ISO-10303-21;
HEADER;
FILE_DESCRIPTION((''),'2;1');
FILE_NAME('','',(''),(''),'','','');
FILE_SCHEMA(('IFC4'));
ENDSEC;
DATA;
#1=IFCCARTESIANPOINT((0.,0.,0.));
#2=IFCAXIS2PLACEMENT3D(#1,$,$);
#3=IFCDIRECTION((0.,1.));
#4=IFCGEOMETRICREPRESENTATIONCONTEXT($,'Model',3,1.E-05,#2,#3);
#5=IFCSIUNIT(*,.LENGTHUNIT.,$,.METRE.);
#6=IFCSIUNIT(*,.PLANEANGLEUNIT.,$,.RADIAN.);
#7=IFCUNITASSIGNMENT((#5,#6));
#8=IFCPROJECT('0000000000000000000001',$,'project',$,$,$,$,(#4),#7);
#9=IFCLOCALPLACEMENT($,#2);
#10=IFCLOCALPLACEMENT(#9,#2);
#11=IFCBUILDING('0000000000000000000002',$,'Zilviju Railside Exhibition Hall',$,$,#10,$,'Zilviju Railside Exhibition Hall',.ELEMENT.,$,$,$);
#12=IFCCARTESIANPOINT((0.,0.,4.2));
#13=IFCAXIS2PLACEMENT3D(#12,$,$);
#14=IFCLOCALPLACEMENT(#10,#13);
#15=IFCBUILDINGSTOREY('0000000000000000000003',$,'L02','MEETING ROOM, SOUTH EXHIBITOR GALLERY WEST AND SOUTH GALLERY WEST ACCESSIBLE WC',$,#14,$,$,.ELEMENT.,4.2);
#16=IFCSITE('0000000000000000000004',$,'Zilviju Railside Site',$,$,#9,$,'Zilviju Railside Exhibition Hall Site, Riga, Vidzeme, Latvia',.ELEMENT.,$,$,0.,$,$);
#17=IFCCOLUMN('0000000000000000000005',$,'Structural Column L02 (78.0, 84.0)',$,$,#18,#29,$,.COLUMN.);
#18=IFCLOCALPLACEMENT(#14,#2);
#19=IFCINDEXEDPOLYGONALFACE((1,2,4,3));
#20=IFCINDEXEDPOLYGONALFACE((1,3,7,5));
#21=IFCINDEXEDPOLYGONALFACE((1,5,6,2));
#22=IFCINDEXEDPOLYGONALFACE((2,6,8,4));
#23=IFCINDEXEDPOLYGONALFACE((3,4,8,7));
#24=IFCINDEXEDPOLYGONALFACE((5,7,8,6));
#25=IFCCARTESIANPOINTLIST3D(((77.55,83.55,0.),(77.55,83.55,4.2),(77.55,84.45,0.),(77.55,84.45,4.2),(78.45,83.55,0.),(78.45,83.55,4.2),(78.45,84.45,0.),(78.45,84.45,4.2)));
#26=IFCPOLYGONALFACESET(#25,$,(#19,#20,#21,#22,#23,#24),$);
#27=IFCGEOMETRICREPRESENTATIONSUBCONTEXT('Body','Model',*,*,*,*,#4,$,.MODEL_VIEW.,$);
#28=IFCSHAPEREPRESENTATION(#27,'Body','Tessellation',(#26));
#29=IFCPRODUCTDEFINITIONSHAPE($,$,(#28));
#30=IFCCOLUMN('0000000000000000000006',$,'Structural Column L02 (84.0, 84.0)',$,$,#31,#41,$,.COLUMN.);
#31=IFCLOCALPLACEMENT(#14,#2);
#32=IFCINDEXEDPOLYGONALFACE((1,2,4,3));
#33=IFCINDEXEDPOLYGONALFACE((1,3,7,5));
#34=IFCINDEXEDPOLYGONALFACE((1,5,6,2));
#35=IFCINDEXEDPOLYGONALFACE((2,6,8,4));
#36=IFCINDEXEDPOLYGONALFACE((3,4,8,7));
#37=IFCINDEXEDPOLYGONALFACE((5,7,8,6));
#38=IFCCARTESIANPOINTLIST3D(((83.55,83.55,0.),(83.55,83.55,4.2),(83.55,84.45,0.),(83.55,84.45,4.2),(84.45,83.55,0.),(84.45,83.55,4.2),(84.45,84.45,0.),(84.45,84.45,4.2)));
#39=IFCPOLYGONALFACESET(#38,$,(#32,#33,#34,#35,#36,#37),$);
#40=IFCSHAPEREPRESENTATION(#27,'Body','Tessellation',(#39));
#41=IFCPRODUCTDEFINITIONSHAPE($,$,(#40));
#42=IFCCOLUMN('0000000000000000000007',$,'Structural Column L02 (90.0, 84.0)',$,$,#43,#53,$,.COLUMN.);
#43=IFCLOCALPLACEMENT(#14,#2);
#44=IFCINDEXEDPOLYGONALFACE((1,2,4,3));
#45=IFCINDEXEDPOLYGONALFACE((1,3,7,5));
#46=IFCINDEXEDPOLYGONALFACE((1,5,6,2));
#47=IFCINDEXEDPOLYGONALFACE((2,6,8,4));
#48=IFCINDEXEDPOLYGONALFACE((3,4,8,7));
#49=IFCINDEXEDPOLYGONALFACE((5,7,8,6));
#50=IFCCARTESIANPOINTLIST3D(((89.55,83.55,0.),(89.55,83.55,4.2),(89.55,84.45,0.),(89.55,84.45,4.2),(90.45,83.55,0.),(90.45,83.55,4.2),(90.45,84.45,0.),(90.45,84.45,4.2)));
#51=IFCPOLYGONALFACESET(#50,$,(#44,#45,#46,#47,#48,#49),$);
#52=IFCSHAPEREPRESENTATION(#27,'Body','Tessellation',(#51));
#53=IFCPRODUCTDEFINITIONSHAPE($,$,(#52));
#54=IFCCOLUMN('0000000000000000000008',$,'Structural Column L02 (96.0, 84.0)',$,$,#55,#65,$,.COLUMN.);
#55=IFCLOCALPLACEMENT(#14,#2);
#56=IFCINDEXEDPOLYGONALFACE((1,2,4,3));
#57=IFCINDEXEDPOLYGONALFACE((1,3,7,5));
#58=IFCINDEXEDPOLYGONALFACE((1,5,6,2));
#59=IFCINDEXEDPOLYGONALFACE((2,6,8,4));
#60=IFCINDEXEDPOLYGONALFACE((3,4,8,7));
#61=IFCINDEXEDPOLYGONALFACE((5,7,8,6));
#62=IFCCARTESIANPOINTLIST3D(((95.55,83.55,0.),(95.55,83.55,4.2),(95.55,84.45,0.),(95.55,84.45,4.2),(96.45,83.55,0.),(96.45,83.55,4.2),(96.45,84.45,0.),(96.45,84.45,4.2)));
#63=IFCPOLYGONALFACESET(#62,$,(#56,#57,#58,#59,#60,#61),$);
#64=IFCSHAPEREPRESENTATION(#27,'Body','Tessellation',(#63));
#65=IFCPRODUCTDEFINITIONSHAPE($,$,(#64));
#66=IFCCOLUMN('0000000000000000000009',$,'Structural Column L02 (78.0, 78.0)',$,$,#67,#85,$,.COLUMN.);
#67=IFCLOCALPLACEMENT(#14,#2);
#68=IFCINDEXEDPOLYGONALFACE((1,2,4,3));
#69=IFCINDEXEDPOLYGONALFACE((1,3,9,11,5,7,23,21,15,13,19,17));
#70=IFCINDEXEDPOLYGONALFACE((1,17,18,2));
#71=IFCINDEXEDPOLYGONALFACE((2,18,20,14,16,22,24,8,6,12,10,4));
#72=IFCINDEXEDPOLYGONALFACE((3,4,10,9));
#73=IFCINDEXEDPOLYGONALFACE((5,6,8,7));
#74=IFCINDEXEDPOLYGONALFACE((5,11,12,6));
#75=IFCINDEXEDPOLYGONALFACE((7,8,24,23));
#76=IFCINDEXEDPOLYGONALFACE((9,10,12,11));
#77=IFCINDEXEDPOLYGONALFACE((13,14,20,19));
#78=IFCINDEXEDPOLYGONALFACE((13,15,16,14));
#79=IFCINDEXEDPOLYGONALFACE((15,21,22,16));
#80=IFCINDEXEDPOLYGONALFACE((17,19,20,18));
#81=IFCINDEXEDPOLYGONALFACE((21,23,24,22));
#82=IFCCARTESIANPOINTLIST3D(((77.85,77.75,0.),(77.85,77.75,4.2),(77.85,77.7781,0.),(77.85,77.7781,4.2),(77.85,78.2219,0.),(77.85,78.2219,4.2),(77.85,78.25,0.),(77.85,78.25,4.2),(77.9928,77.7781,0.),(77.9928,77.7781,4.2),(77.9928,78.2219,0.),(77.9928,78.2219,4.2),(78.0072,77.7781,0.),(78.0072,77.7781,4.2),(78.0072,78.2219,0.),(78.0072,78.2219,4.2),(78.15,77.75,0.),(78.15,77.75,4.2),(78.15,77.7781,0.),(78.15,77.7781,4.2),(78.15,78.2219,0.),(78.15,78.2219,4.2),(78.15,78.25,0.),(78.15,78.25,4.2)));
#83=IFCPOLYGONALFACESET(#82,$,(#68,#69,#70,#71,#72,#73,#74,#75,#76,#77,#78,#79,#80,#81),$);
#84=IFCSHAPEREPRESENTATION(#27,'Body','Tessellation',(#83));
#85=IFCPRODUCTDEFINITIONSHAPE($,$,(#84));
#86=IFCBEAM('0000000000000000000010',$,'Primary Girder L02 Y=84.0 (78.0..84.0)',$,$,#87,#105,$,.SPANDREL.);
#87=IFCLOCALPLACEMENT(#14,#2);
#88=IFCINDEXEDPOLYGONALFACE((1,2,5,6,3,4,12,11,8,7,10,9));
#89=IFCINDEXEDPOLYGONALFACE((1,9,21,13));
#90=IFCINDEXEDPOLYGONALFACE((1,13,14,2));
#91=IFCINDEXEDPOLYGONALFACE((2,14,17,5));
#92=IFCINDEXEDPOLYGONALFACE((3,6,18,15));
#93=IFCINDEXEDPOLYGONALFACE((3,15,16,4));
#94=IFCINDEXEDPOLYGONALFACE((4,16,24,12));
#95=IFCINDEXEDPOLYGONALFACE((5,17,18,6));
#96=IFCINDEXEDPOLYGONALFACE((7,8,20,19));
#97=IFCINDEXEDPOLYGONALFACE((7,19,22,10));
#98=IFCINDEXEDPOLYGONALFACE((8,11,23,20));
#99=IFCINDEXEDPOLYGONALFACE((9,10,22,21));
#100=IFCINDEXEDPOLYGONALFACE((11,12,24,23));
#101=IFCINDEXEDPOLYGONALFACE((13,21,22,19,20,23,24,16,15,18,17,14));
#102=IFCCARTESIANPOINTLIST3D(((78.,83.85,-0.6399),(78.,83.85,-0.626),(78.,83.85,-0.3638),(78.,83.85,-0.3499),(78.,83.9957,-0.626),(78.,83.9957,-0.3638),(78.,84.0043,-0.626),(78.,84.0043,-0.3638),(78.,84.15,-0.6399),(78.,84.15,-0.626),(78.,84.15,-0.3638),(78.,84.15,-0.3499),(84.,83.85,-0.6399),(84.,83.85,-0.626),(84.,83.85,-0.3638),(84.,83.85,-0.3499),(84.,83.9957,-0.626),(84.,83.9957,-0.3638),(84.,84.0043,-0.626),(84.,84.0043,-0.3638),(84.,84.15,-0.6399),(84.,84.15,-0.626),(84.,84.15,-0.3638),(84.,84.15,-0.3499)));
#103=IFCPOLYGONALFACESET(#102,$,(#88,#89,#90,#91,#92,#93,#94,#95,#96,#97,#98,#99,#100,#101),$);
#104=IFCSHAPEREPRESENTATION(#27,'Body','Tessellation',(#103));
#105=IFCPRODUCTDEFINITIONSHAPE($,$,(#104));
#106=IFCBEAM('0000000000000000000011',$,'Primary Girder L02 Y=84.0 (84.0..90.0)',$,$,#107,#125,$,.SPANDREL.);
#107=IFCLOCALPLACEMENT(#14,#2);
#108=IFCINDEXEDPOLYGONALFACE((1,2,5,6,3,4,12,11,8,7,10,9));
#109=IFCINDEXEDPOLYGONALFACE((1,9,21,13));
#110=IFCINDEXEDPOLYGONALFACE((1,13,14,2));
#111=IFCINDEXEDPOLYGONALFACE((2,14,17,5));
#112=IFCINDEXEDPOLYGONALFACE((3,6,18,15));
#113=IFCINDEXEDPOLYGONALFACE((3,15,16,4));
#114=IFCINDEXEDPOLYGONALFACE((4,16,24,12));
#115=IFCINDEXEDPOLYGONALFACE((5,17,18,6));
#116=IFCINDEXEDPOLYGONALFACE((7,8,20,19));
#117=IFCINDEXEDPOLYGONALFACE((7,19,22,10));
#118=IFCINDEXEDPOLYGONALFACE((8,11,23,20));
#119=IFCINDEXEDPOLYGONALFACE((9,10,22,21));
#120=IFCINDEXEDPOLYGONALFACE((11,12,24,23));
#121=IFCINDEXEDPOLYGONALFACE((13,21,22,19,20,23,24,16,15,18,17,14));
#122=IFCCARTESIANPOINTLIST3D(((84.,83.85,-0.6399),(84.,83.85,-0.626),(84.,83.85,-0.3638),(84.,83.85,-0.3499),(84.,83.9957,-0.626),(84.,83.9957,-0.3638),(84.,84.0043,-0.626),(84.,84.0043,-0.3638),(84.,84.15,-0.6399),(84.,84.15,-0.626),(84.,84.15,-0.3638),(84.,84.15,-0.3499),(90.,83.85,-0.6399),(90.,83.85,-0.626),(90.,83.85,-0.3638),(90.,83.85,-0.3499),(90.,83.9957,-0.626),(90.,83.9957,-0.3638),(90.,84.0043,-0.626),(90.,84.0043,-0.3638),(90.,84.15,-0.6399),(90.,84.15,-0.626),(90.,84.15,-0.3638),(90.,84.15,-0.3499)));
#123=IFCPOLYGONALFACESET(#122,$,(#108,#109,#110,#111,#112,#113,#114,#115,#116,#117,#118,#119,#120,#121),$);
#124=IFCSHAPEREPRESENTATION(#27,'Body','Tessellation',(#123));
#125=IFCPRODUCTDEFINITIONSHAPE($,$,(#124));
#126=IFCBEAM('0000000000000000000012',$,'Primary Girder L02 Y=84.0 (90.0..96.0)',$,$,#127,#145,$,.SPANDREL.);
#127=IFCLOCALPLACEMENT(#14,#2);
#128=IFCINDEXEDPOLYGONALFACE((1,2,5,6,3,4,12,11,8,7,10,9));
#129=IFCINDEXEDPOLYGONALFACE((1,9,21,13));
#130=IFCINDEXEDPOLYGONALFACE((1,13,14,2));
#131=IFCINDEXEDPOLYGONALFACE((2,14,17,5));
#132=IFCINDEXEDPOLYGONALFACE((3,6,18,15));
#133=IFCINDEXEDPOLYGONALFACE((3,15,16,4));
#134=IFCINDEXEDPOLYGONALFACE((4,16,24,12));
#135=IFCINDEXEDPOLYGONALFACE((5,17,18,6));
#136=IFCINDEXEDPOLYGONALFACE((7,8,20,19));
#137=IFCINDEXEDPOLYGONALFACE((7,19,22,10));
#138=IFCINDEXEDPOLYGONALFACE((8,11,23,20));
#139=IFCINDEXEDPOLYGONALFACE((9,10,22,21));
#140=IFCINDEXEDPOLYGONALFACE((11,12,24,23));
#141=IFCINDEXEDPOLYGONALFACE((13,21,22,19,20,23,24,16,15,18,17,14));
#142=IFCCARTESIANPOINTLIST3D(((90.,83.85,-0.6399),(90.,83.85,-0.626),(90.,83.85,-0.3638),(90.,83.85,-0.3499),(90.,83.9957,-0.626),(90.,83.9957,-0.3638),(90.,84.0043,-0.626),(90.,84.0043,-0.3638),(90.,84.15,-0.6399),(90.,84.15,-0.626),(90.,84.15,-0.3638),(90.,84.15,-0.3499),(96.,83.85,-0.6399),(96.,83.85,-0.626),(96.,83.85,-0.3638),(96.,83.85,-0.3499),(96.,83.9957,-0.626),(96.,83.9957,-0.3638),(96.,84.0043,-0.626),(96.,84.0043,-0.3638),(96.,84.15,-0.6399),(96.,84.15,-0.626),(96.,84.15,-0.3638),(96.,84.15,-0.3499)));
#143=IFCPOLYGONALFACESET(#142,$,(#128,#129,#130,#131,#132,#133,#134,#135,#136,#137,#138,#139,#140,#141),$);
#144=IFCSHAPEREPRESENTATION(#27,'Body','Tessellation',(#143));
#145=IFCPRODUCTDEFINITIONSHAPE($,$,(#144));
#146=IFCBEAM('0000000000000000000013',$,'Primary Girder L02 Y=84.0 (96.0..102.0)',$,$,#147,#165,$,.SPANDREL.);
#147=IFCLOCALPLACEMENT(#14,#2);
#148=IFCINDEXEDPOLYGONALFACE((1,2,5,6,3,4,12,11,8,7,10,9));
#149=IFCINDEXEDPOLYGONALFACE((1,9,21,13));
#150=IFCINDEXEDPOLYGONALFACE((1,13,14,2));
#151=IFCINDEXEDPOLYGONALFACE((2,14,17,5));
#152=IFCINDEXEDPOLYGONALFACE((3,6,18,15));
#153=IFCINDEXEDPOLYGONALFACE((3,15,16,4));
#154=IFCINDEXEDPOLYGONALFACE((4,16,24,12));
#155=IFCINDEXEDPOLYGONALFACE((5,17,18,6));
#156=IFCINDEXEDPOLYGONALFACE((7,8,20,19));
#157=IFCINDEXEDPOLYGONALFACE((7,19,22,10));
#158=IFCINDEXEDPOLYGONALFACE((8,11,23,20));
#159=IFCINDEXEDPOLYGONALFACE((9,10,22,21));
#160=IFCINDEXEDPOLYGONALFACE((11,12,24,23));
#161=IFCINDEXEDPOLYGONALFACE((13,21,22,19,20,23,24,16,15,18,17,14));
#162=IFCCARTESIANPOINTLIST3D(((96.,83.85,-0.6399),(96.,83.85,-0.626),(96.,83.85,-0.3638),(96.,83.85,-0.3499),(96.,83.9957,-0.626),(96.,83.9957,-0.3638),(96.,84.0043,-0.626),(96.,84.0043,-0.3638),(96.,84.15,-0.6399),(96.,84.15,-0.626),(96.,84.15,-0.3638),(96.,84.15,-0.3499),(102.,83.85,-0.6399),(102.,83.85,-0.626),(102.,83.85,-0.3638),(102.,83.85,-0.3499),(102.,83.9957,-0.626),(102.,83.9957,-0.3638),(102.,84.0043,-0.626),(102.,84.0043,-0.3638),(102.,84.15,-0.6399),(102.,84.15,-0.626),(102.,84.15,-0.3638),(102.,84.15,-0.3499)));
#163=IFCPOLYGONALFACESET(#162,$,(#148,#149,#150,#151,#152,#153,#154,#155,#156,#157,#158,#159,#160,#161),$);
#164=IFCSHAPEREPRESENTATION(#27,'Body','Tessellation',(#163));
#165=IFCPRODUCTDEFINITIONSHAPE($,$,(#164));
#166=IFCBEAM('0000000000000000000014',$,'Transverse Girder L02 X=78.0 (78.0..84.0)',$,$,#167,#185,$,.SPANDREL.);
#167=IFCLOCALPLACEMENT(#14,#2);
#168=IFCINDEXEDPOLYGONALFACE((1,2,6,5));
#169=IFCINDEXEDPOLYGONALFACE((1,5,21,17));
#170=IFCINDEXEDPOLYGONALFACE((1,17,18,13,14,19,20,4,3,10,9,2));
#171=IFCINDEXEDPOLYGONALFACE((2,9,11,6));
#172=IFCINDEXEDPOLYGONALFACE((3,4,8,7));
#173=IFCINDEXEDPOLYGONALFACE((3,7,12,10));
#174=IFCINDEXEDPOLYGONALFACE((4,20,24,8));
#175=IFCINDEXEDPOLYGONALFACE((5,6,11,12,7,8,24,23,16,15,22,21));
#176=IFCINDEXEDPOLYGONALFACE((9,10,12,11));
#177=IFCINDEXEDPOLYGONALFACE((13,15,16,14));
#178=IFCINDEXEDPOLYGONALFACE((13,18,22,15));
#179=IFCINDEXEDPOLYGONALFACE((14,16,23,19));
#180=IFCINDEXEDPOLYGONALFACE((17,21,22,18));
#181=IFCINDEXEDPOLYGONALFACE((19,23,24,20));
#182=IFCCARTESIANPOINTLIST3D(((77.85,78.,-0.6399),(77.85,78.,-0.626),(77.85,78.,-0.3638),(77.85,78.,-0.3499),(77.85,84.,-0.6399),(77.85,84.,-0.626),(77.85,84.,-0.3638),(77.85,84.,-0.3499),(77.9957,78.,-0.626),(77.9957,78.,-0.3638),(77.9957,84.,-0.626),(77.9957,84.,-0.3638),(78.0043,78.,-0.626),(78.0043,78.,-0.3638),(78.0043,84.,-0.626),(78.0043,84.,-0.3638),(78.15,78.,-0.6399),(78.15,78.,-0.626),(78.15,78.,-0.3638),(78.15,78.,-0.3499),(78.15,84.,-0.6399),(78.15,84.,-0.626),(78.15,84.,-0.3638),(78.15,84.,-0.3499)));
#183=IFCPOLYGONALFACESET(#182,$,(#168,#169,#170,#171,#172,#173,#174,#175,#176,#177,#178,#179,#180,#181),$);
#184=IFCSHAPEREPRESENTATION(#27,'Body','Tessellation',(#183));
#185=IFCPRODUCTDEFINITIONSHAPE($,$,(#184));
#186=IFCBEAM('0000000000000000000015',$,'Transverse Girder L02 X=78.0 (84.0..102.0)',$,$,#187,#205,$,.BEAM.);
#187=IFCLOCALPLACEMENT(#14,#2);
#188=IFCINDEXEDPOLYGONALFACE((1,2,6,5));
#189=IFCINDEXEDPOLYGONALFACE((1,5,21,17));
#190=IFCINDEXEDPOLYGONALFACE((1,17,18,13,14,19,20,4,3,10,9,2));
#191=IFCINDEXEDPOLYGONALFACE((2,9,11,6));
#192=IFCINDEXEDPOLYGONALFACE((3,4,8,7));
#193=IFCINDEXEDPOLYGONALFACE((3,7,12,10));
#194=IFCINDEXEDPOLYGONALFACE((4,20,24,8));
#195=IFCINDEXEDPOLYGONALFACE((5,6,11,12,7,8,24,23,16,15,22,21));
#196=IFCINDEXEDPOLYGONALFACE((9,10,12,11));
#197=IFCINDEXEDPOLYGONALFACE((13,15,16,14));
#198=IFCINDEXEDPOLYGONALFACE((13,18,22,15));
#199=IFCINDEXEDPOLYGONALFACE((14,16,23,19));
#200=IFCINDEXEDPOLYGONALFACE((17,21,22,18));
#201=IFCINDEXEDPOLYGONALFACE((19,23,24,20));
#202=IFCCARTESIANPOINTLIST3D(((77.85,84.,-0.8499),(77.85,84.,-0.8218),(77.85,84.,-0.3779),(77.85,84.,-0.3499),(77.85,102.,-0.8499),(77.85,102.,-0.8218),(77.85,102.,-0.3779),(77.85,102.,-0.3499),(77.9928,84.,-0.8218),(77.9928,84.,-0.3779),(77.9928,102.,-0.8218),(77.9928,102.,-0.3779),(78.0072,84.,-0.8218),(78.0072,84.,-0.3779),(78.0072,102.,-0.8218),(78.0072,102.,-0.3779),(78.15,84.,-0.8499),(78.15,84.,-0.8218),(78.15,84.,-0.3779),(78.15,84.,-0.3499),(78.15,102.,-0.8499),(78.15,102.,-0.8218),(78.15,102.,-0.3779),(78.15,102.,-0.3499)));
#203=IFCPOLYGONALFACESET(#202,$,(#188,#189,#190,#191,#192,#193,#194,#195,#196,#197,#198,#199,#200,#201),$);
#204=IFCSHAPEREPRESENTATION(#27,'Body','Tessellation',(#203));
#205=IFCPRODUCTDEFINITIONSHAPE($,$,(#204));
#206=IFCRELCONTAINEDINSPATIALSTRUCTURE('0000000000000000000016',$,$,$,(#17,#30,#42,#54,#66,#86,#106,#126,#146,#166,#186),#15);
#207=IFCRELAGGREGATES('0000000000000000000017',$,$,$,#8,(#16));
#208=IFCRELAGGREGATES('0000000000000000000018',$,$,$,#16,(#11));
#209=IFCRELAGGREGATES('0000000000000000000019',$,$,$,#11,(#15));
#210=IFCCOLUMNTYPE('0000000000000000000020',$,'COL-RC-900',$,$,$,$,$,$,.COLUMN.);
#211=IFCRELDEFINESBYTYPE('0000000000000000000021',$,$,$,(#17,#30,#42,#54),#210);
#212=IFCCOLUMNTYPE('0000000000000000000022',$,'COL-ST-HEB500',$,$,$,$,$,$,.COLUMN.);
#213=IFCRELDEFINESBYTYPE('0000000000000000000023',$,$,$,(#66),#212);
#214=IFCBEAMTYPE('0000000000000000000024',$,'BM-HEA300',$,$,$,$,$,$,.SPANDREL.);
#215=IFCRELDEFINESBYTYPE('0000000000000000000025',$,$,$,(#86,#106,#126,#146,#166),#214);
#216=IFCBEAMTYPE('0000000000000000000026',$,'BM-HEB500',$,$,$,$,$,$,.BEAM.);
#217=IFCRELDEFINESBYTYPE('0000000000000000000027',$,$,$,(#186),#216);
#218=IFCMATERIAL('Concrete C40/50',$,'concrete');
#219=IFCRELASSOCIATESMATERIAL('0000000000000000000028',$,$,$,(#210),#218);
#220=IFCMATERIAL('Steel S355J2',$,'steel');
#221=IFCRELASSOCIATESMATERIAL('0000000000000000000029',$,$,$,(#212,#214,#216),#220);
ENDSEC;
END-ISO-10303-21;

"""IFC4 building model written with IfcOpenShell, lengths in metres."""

from ifc_helpers import new_model, si_unit, direction, frame, origin, origin_2d, place, context, subcontext, project, spatial, rectangle, i_section, extrude, material, material_profile, profile_set, type_object, element, save


model = new_model("IFC4")

# Units and contexts
model_context = context("Model", 3, precision=1e-05, world=origin(), true_north=direction((0.0, 1.0)))
body_context = subcontext(model_context, "Body", "Model", "MODEL_VIEW")
ifc_project = project(units=[si_unit("LENGTHUNIT", "METRE"), si_unit("PLANEANGLEUNIT", "RADIAN")], contexts=[model_context])

# Site, building, storey
site_placement = place(None, origin())
site = spatial("IfcSite", under=ifc_project, at=site_placement, Name="Zilviju Railside Site", LongName="Zilviju Railside Exhibition Hall Site, Riga, Vidzeme, Latvia", CompositionType="ELEMENT", RefElevation=0.0)
building_placement = place(site_placement, origin())
building = spatial("IfcBuilding", under=site, at=building_placement, Name="Zilviju Railside Exhibition Hall", LongName="Zilviju Railside Exhibition Hall", CompositionType="ELEMENT")
storey_placement = place(building_placement, frame((0.0, 0.0, 4.2)))
storey = spatial("IfcBuildingStorey", under=building, at=storey_placement, Name="L02", Description="MEETING ROOM, SOUTH EXHIBITOR GALLERY WEST AND SOUTH GALLERY WEST ACCESSIBLE WC", CompositionType="ELEMENT", Elevation=4.2)

# Columns
ifc_material_1 = material(Name="Concrete C40/50", Category="concrete")
ifc_material_profile_1 = material_profile(ifc_material_1, rectangle(XDim=0.8999, YDim=0.8999, at=origin_2d()), Name="RC COL 900x900")
ifc_profile_set_1 = profile_set([ifc_material_profile_1], Name="Concrete C40/50")
column_type_1 = type_object("IfcColumnType", Name="COL-RC-900", PredefinedType="COLUMN", material=ifc_profile_set_1)
for number, where, z_axis, x_axis, name in (
    (1, (78.0, 84.0, 0.0), (0.0, 0.0, 1.0), (1.0, 0.0, 0.0), "Structural Column L02 (78.0, 84.0)"),
    (2, (84.0, 84.0, 0.0), (0.0, 0.0, 1.0), (1.0, 0.0, 0.0), "Structural Column L02 (84.0, 84.0)"),
    (3, (90.0, 84.0, 0.0), (0.0, 0.0, 1.0), (1.0, 0.0, 0.0), "Structural Column L02 (90.0, 84.0)"),
    (4, (96.0, 84.0, 0.0), (0.0, 0.0, 1.0), (1.0, 0.0, 0.0), "Structural Column L02 (96.0, 84.0)"),
):
    element("IfcColumn", number, at=place(storey_placement, frame(where, z_axis=z_axis, x_axis=x_axis)), inside=storey, type_object=column_type_1, Name=name, PredefinedType="COLUMN", context=body_context, shape_type="SweptSolid", body=[
        extrude(rectangle(XDim=0.8999, YDim=0.8999, at=origin_2d()), origin(), (0.0, 0.0, 1.0), 4.2),
    ])
ifc_material_2 = material(Name="Steel S355J2", Category="steel")
ifc_material_profile_2 = material_profile(ifc_material_2, i_section(OverallWidth=0.3, OverallDepth=0.5, WebThickness=0.0144, FlangeThickness=0.0281, at=origin_2d()), Name="HEB 500")
ifc_profile_set_2 = profile_set([ifc_material_profile_2], Name="Steel S355J2")
column_type_2 = type_object("IfcColumnType", Name="COL-ST-HEB500", PredefinedType="COLUMN", material=ifc_profile_set_2)
column_placement = place(storey_placement, frame((78.0, 78.0, 0.0), z_axis=(0.0, 0.0, 1.0), x_axis=(1.0, 0.0, 0.0)))
element("IfcColumn", 5, at=column_placement, inside=storey, type_object=column_type_2, Name="Structural Column L02 (78.0, 78.0)", PredefinedType="COLUMN", context=body_context, shape_type="SweptSolid", body=[
    extrude(i_section(OverallWidth=0.3, OverallDepth=0.5, WebThickness=0.0144, FlangeThickness=0.0281, at=origin_2d()), origin(), (0.0, 0.0, 1.0), 4.2),
])

# Beams
ifc_material_profile_3 = material_profile(ifc_material_2, i_section(OverallWidth=0.3, OverallDepth=0.29, WebThickness=0.0085, FlangeThickness=0.0139, at=origin_2d()), Name="HEA 300")
ifc_profile_set_3 = profile_set([ifc_material_profile_3], Name="Steel S355J2")
beam_type_1 = type_object("IfcBeamType", Name="BM-HEA300", PredefinedType="SPANDREL", material=ifc_profile_set_3)
for number, where, z_axis, x_axis, name in (
    (6, (78.0, 84.0, -0.4949), (1.0, 0.0, 0.0), (0.0, 1.0, 0.0), "Primary Girder L02 Y=84.0 (78.0..84.0)"),
    (7, (84.0, 84.0, -0.4949), (1.0, 0.0, 0.0), (0.0, 1.0, 0.0), "Primary Girder L02 Y=84.0 (84.0..90.0)"),
    (8, (90.0, 84.0, -0.4949), (1.0, 0.0, 0.0), (0.0, 1.0, 0.0), "Primary Girder L02 Y=84.0 (90.0..96.0)"),
    (9, (96.0, 84.0, -0.4949), (1.0, 0.0, 0.0), (0.0, 1.0, 0.0), "Primary Girder L02 Y=84.0 (96.0..102.0)"),
    (10, (78.0, 78.0, -0.4949), (0.0, 1.0, 0.0), (-1.0, 0.0, 0.0), "Transverse Girder L02 X=78.0 (78.0..84.0)"),
):
    element("IfcBeam", number, at=place(storey_placement, frame(where, z_axis=z_axis, x_axis=x_axis)), inside=storey, type_object=beam_type_1, Name=name, PredefinedType="SPANDREL", context=body_context, shape_type="SweptSolid", body=[
        extrude(i_section(OverallWidth=0.3, OverallDepth=0.29, WebThickness=0.0085, FlangeThickness=0.0139, at=origin_2d()), origin(), (0.0, 0.0, 1.0), 6.0),
    ])
ifc_material_profile_4 = material_profile(ifc_material_2, i_section(OverallWidth=0.3, OverallDepth=0.5, WebThickness=0.0144, FlangeThickness=0.0281, at=origin_2d()), Name="HEB 500")
ifc_profile_set_4 = profile_set([ifc_material_profile_4], Name="Steel S355J2")
beam_type_2 = type_object("IfcBeamType", Name="BM-HEB500", PredefinedType="BEAM", material=ifc_profile_set_4)
beam_placement = place(storey_placement, frame((78.0, 84.0, -0.5999), z_axis=(0.0, 1.0, 0.0), x_axis=(-1.0, 0.0, 0.0)))
element("IfcBeam", 11, at=beam_placement, inside=storey, type_object=beam_type_2, Name="Transverse Girder L02 X=78.0 (84.0..102.0)", PredefinedType="BEAM", context=body_context, shape_type="SweptSolid", body=[
    extrude(i_section(OverallWidth=0.3, OverallDepth=0.5, WebThickness=0.0144, FlangeThickness=0.0281, at=origin_2d()), origin(), (0.0, 0.0, 1.0), 18.0),
])

save(model, "model.ifc")
